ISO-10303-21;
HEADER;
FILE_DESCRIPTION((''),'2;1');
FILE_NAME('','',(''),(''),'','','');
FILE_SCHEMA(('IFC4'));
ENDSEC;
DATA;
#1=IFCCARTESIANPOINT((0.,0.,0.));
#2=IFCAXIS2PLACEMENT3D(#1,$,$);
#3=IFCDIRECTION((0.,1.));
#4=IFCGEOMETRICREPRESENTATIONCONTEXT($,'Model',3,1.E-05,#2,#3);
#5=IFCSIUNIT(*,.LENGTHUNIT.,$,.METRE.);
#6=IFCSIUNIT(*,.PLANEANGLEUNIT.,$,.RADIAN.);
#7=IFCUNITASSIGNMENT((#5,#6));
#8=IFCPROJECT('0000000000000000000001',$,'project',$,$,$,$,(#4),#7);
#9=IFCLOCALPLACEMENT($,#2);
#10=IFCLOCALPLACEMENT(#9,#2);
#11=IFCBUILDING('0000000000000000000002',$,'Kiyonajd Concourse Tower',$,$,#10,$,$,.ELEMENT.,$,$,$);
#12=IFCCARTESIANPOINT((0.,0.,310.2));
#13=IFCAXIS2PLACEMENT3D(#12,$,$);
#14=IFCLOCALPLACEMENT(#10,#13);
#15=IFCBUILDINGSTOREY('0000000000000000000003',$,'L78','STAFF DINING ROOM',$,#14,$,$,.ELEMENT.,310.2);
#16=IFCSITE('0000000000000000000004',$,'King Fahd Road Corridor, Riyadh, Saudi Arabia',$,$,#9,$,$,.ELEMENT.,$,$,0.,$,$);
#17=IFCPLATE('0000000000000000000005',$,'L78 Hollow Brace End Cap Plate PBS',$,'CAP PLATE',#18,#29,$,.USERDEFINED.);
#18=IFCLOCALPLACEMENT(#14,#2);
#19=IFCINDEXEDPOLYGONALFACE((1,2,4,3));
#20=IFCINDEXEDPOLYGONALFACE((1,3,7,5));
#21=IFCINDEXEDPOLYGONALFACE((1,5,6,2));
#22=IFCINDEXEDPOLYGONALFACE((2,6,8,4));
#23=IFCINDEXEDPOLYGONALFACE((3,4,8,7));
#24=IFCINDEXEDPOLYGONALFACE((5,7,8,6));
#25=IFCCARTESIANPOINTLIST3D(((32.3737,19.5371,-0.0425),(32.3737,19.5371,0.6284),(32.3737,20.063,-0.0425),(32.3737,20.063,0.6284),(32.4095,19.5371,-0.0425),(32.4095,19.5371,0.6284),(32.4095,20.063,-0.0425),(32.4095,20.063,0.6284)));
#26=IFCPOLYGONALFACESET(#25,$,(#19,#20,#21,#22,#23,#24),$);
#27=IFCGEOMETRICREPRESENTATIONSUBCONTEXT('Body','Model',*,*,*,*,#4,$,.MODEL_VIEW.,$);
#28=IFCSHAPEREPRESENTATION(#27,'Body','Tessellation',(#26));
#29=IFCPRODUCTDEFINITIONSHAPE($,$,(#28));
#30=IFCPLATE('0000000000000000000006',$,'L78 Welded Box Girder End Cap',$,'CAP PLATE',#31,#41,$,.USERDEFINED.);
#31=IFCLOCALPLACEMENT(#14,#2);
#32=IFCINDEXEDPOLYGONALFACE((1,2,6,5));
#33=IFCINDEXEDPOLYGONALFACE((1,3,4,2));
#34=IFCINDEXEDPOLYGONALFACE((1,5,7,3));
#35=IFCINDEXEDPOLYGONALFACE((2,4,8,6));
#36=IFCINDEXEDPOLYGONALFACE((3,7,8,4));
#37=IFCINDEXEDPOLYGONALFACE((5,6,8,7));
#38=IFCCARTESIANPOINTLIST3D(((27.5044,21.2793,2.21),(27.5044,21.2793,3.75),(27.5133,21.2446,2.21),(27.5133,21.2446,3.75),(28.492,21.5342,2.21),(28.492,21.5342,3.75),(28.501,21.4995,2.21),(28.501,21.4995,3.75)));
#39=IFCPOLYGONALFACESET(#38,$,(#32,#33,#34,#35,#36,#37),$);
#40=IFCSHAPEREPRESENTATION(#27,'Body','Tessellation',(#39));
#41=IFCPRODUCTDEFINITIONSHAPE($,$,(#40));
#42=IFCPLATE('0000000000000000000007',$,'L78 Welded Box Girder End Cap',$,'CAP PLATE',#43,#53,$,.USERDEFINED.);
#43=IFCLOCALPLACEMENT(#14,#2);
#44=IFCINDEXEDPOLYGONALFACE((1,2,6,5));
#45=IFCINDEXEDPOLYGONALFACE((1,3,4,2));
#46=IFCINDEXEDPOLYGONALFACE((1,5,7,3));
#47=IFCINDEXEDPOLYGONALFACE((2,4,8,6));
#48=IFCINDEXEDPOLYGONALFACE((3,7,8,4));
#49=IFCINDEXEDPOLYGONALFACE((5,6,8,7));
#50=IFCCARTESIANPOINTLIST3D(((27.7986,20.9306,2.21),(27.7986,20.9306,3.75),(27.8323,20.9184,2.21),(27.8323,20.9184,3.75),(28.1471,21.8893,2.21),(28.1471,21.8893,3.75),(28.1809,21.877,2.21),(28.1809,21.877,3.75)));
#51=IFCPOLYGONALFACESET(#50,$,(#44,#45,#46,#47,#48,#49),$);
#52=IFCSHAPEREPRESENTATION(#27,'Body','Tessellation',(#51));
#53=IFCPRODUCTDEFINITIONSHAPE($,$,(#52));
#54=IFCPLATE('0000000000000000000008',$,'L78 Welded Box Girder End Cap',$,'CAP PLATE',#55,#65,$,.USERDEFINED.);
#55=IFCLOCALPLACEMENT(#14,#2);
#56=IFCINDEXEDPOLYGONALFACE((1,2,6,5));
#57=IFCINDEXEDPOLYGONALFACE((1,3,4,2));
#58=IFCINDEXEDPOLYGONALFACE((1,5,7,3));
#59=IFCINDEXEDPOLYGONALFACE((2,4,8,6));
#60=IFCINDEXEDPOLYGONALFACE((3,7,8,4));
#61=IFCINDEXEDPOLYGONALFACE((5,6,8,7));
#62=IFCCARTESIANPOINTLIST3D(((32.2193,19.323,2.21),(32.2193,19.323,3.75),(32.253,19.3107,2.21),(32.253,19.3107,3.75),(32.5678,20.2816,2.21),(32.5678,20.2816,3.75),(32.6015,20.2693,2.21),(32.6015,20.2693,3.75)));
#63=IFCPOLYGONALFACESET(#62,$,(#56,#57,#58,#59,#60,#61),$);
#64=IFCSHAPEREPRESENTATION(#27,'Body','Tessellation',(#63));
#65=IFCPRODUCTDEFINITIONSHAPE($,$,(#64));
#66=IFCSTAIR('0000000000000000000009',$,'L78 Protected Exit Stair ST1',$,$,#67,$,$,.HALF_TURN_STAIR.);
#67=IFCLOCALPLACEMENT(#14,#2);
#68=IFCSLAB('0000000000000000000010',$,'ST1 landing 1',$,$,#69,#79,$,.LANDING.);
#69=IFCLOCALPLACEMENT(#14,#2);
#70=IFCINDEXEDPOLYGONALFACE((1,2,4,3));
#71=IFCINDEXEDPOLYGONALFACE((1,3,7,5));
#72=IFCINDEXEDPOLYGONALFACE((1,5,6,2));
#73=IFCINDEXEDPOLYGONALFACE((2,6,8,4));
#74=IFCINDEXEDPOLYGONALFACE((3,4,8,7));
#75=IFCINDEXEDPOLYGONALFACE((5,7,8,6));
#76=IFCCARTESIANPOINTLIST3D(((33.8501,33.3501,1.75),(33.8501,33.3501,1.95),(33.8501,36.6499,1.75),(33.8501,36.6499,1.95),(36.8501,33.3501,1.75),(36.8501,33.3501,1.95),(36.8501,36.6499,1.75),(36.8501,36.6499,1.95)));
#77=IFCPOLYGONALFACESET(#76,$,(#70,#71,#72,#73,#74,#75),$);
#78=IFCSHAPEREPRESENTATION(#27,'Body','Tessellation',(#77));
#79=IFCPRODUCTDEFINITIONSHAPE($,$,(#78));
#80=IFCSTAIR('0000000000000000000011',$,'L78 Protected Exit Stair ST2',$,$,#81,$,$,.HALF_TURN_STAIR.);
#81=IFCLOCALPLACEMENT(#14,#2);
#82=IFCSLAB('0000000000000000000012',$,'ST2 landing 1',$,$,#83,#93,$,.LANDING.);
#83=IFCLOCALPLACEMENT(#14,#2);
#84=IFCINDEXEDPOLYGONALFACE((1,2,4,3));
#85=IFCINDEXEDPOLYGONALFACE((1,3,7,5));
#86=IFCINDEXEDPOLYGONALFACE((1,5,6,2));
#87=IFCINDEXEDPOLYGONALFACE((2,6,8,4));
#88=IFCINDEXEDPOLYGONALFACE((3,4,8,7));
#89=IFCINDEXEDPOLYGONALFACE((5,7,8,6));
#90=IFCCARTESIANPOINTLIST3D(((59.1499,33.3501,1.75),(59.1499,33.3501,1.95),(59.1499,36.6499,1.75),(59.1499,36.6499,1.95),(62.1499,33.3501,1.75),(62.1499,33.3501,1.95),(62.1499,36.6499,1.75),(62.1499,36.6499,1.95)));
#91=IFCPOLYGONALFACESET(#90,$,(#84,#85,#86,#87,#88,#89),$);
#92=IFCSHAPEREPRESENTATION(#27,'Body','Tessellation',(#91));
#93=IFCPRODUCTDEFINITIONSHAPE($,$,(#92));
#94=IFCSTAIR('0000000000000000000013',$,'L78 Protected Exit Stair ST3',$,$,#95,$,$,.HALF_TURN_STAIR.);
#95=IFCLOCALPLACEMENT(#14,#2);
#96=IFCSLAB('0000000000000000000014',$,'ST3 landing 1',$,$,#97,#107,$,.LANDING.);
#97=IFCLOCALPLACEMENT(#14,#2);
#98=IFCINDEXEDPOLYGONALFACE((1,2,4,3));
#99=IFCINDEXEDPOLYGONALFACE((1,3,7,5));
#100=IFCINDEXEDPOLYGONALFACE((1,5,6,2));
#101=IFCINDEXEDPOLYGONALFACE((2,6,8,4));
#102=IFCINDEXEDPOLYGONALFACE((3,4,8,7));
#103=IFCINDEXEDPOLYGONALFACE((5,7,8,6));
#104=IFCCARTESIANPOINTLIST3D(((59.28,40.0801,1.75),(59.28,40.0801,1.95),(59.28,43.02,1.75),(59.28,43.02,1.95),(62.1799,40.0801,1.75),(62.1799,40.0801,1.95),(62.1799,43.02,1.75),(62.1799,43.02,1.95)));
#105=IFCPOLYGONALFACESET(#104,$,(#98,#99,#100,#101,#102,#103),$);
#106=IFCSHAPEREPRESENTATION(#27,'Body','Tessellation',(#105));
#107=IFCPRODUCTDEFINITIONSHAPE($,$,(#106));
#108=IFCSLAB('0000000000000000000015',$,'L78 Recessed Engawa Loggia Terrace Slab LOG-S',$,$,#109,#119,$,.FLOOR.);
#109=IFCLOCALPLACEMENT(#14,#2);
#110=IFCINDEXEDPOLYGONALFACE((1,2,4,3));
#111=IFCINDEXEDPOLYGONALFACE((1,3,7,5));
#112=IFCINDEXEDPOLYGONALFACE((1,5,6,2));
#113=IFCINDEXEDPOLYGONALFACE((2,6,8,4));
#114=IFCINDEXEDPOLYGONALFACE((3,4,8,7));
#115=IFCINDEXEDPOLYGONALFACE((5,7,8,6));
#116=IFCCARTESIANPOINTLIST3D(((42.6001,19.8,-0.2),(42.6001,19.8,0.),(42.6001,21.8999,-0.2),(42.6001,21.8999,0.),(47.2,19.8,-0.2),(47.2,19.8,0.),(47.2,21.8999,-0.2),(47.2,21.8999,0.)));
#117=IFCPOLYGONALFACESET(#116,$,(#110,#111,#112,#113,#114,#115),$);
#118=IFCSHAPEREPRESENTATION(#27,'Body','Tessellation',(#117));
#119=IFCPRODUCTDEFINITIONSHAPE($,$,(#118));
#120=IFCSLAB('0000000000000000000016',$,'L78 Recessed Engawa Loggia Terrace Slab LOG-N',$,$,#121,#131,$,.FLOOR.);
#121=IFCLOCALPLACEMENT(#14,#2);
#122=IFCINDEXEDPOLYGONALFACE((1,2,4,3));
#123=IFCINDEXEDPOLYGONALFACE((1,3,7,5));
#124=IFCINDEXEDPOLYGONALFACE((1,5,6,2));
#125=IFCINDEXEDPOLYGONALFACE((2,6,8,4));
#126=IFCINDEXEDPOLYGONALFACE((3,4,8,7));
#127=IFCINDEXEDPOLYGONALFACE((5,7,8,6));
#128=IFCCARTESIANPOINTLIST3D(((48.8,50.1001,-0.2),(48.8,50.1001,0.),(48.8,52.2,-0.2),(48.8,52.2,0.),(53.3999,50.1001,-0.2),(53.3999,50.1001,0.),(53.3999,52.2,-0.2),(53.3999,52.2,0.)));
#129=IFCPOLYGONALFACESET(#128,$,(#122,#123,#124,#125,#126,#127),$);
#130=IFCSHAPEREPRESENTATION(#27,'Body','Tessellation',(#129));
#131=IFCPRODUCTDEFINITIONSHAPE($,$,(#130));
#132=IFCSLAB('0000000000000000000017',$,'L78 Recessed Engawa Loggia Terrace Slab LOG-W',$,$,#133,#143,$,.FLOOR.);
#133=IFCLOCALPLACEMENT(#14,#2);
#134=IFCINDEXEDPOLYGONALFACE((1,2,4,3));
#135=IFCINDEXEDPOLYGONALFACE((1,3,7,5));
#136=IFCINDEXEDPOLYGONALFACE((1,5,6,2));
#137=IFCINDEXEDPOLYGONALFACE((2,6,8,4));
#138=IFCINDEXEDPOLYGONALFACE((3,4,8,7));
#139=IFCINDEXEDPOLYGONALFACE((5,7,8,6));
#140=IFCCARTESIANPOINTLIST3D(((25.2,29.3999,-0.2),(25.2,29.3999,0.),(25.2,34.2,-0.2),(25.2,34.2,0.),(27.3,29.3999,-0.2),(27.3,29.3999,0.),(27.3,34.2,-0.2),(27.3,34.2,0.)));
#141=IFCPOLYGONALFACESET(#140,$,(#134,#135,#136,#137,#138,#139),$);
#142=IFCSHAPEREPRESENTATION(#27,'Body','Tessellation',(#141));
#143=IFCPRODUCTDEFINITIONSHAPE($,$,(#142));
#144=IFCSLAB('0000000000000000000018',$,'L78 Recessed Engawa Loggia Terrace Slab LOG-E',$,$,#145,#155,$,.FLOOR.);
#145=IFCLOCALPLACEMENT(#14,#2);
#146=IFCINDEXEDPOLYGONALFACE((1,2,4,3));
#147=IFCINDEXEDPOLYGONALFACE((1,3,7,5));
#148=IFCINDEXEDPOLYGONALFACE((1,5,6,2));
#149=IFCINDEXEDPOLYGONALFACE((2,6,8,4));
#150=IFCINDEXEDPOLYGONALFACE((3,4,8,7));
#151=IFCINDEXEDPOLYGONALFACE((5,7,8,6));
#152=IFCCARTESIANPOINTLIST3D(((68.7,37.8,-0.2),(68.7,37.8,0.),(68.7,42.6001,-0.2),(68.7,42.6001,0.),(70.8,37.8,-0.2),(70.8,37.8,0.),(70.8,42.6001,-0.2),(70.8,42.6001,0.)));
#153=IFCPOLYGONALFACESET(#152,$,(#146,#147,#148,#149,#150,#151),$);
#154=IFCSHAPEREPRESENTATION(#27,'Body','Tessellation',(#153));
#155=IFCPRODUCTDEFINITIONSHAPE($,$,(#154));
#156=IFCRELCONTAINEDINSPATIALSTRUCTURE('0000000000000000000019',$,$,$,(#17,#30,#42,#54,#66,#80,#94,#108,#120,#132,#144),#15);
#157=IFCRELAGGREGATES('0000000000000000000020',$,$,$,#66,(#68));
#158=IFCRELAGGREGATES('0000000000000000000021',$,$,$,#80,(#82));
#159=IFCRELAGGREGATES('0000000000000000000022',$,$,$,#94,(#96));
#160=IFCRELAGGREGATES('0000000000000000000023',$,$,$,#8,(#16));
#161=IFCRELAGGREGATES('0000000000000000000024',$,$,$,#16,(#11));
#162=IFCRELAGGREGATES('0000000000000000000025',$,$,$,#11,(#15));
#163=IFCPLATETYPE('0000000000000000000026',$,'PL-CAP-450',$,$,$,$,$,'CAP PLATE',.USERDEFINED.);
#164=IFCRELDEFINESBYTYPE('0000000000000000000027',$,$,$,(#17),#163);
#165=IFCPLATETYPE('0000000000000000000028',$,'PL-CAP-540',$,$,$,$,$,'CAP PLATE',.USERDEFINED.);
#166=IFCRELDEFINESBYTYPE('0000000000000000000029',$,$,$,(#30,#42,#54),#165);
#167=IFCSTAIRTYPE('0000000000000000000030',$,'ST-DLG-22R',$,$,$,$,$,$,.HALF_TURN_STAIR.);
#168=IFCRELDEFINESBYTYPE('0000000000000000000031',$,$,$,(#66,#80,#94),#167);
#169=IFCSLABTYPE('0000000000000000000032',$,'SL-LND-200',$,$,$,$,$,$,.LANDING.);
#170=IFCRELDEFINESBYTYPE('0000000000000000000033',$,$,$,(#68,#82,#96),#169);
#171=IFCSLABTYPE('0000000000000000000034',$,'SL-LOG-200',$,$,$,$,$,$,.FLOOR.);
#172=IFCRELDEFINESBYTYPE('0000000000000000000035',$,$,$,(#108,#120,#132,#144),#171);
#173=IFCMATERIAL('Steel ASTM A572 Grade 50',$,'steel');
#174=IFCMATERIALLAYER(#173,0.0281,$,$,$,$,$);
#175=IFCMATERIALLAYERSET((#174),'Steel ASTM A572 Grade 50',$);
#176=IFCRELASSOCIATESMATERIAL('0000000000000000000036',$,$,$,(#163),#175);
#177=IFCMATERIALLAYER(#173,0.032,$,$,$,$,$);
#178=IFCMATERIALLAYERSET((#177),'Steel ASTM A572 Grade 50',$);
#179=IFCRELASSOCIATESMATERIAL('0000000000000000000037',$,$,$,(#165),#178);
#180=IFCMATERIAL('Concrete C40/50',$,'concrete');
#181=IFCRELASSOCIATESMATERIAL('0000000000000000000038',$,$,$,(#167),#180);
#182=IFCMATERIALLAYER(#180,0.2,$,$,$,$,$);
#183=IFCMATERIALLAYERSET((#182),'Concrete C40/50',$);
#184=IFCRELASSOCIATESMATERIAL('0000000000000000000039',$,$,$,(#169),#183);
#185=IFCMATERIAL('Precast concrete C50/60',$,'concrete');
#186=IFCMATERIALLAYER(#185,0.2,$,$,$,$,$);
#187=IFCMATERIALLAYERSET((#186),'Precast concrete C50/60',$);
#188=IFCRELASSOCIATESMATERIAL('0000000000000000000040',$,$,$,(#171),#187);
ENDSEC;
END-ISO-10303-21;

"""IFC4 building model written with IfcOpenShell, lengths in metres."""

from ifc_helpers import new_model, si_unit, direction, frame, origin, origin_2d, place, context, subcontext, project, spatial, polyline, rectangle, outline, extrude, material, layer, layer_set, type_object, element, aggregate, save


model = new_model("IFC4")

# Units and contexts
model_context = context("Model", 3, precision=1e-05, world=origin(), true_north=direction((0.0, 1.0)))
body_context = subcontext(model_context, "Body", "Model", "MODEL_VIEW")
ifc_project = project(units=[si_unit("LENGTHUNIT", "METRE"), si_unit("PLANEANGLEUNIT", "RADIAN")], contexts=[model_context])

# Site, building, storey
site_placement = place(None, origin())
site = spatial("IfcSite", under=ifc_project, at=site_placement, Name="King Fahd Road Corridor, Riyadh, Saudi Arabia", CompositionType="ELEMENT", RefElevation=0.0)
building_placement = place(site_placement, origin())
building = spatial("IfcBuilding", under=site, at=building_placement, Name="Kiyonajd Concourse Tower", CompositionType="ELEMENT")
storey_placement = place(building_placement, frame((0.0, 0.0, 310.2)))
storey = spatial("IfcBuildingStorey", under=building, at=storey_placement, Name="L78", Description="STAFF DINING ROOM", CompositionType="ELEMENT", Elevation=310.2)

# Shared definitions
ifc_material_1 = material(Name="Steel ASTM A572 Grade 50", Category="steel")

# Plates
ifc_layer_1 = layer(ifc_material_1, 0.0281)
ifc_layer_set_1 = layer_set([ifc_layer_1], Name="Steel ASTM A572 Grade 50")
plate_type_1 = type_object("IfcPlateType", Name="PL-CAP-450", ElementType="CAP PLATE", PredefinedType="USERDEFINED", material=ifc_layer_set_1)
plate_placement = place(storey_placement, frame((32.3916, 19.8, -0.0425), z_axis=(0.0, 0.0, 1.0), x_axis=(-1.0, 0.0, 0.0)))
element("IfcPlate", 1, at=plate_placement, inside=storey, type_object=plate_type_1, Name="L78 Hollow Brace End Cap Plate PBS", ObjectType="CAP PLATE", PredefinedType="USERDEFINED", context=body_context, shape_type="SweptSolid", body=[
    extrude(rectangle(XDim=0.0359, YDim=0.5259, at=origin_2d()), origin(), (0.0, 0.0, 1.0), 0.6709),
])
ifc_layer_2 = layer(ifc_material_1, 0.032)
ifc_layer_set_2 = layer_set([ifc_layer_2], Name="Steel ASTM A572 Grade 50")
plate_type_2 = type_object("IfcPlateType", Name="PL-CAP-540", ElementType="CAP PLATE", PredefinedType="USERDEFINED", material=ifc_layer_set_2)
for number, where, z_axis, x_axis, name in (
    (2, (28.0027, 21.3894, 2.21), (0.0, 0.0, 1.0), (0.249873, -0.968279, 0.0), "L78 Welded Box Girder End Cap"),
    (3, (27.9897, 21.4038, 2.21), (0.0, 0.0, 1.0), (-0.939812, 0.341692, 0.0), "L78 Welded Box Girder End Cap"),
    (4, (32.4104, 19.7961, 2.21), (0.0, 0.0, 1.0), (0.939812, -0.341692, 0.0), "L78 Welded Box Girder End Cap"),
):
    element("IfcPlate", number, at=place(storey_placement, frame(where, z_axis=z_axis, x_axis=x_axis)), inside=storey, type_object=plate_type_2, Name=name, ObjectType="CAP PLATE", PredefinedType="USERDEFINED", context=body_context, shape_type="SweptSolid", body=[
        extrude(rectangle(XDim=0.0359, YDim=1.02, at=origin_2d()), origin(), (0.0, 0.0, 1.0), 1.54),
    ])

# Stairs, slabs
ifc_material_2 = material(Name="Concrete C40/50", Category="concrete")
stair_type = type_object("IfcStairType", Name="ST-DLG-22R", PredefinedType="HALF_TURN_STAIR", material=ifc_material_2)
stair_1_placement = place(storey_placement, origin())
stair_1 = element("IfcStair", 5, at=stair_1_placement, inside=storey, type_object=stair_type, Name="L78 Protected Exit Stair ST1", PredefinedType="HALF_TURN_STAIR")
ifc_layer_3 = layer(ifc_material_2, 0.2)
ifc_layer_set_3 = layer_set([ifc_layer_3], Name="Concrete C40/50")
slab_type_1 = type_object("IfcSlabType", Name="SL-LND-200", PredefinedType="LANDING", material=ifc_layer_set_3)
slab_1_placement = place(storey_placement, frame((0.0, 0.0, 1.75)))
slab_1 = element("IfcSlab", 6, at=slab_1_placement, type_object=slab_type_1, Name="ST1 landing 1", PredefinedType="LANDING", context=body_context, shape_type="SweptSolid", body=[
    extrude(outline(polyline([(36.8501, 33.3501), (36.8501, 36.6499), (33.8501, 36.6499), (33.8501, 33.3501), (36.8501, 33.3501)])), origin(), (0.0, 0.0, 1.0), 0.2),
])
aggregate(stair_1, [slab_1])
stair_2_placement = place(storey_placement, origin())
stair_2 = element("IfcStair", 7, at=stair_2_placement, inside=storey, type_object=stair_type, Name="L78 Protected Exit Stair ST2", PredefinedType="HALF_TURN_STAIR")
slab_2_placement = place(storey_placement, frame((0.0, 0.0, 1.75)))
slab_2 = element("IfcSlab", 8, at=slab_2_placement, type_object=slab_type_1, Name="ST2 landing 1", PredefinedType="LANDING", context=body_context, shape_type="SweptSolid", body=[
    extrude(outline(polyline([(62.1499, 33.3501), (62.1499, 36.6499), (59.1499, 36.6499), (59.1499, 33.3501), (62.1499, 33.3501)])), origin(), (0.0, 0.0, 1.0), 0.2),
])
aggregate(stair_2, [slab_2])
stair_3_placement = place(storey_placement, origin())
stair_3 = element("IfcStair", 9, at=stair_3_placement, inside=storey, type_object=stair_type, Name="L78 Protected Exit Stair ST3", PredefinedType="HALF_TURN_STAIR")
slab_3_placement = place(storey_placement, frame((0.0, 0.0, 1.75)))
slab_3 = element("IfcSlab", 10, at=slab_3_placement, type_object=slab_type_1, Name="ST3 landing 1", PredefinedType="LANDING", context=body_context, shape_type="SweptSolid", body=[
    extrude(outline(polyline([(59.28, 40.0801), (62.1799, 40.0801), (62.1799, 43.02), (59.28, 43.02), (59.28, 40.0801)])), origin(), (0.0, 0.0, 1.0), 0.2),
])
aggregate(stair_3, [slab_3])

# Slabs
ifc_material_3 = material(Name="Precast concrete C50/60", Category="concrete")
ifc_layer_4 = layer(ifc_material_3, 0.2)
ifc_layer_set_4 = layer_set([ifc_layer_4], Name="Precast concrete C50/60")
slab_type_2 = type_object("IfcSlabType", Name="SL-LOG-200", PredefinedType="FLOOR", material=ifc_layer_set_4)
slab_4_placement = place(storey_placement, frame((0.0, 0.0, -0.2)))
element("IfcSlab", 11, at=slab_4_placement, inside=storey, type_object=slab_type_2, Name="L78 Recessed Engawa Loggia Terrace Slab LOG-S", PredefinedType="FLOOR", context=body_context, shape_type="SweptSolid", body=[
    extrude(outline(polyline([(42.6001, 19.8), (47.2, 19.8), (47.2, 21.8999), (42.6001, 21.8999), (42.6001, 19.8)])), origin(), (0.0, 0.0, 1.0), 0.2),
])
slab_5_placement = place(storey_placement, frame((0.0, 0.0, -0.2)))
element("IfcSlab", 12, at=slab_5_placement, inside=storey, type_object=slab_type_2, Name="L78 Recessed Engawa Loggia Terrace Slab LOG-N", PredefinedType="FLOOR", context=body_context, shape_type="SweptSolid", body=[
    extrude(outline(polyline([(48.8, 50.1001), (53.3999, 50.1001), (53.3999, 52.2), (48.8, 52.2), (48.8, 50.1001)])), origin(), (0.0, 0.0, 1.0), 0.2),
])
slab_6_placement = place(storey_placement, frame((0.0, 0.0, -0.2)))
element("IfcSlab", 13, at=slab_6_placement, inside=storey, type_object=slab_type_2, Name="L78 Recessed Engawa Loggia Terrace Slab LOG-W", PredefinedType="FLOOR", context=body_context, shape_type="SweptSolid", body=[
    extrude(outline(polyline([(25.2, 29.3999), (27.3, 29.3999), (27.3, 34.2), (25.2, 34.2), (25.2, 29.3999)])), origin(), (0.0, 0.0, 1.0), 0.2),
])
slab_7_placement = place(storey_placement, frame((0.0, 0.0, -0.2)))
element("IfcSlab", 14, at=slab_7_placement, inside=storey, type_object=slab_type_2, Name="L78 Recessed Engawa Loggia Terrace Slab LOG-E", PredefinedType="FLOOR", context=body_context, shape_type="SweptSolid", body=[
    extrude(outline(polyline([(68.7, 37.8), (70.8, 37.8), (70.8, 42.6001), (68.7, 42.6001), (68.7, 37.8)])), origin(), (0.0, 0.0, 1.0), 0.2),
])

save(model, "model.ifc")
